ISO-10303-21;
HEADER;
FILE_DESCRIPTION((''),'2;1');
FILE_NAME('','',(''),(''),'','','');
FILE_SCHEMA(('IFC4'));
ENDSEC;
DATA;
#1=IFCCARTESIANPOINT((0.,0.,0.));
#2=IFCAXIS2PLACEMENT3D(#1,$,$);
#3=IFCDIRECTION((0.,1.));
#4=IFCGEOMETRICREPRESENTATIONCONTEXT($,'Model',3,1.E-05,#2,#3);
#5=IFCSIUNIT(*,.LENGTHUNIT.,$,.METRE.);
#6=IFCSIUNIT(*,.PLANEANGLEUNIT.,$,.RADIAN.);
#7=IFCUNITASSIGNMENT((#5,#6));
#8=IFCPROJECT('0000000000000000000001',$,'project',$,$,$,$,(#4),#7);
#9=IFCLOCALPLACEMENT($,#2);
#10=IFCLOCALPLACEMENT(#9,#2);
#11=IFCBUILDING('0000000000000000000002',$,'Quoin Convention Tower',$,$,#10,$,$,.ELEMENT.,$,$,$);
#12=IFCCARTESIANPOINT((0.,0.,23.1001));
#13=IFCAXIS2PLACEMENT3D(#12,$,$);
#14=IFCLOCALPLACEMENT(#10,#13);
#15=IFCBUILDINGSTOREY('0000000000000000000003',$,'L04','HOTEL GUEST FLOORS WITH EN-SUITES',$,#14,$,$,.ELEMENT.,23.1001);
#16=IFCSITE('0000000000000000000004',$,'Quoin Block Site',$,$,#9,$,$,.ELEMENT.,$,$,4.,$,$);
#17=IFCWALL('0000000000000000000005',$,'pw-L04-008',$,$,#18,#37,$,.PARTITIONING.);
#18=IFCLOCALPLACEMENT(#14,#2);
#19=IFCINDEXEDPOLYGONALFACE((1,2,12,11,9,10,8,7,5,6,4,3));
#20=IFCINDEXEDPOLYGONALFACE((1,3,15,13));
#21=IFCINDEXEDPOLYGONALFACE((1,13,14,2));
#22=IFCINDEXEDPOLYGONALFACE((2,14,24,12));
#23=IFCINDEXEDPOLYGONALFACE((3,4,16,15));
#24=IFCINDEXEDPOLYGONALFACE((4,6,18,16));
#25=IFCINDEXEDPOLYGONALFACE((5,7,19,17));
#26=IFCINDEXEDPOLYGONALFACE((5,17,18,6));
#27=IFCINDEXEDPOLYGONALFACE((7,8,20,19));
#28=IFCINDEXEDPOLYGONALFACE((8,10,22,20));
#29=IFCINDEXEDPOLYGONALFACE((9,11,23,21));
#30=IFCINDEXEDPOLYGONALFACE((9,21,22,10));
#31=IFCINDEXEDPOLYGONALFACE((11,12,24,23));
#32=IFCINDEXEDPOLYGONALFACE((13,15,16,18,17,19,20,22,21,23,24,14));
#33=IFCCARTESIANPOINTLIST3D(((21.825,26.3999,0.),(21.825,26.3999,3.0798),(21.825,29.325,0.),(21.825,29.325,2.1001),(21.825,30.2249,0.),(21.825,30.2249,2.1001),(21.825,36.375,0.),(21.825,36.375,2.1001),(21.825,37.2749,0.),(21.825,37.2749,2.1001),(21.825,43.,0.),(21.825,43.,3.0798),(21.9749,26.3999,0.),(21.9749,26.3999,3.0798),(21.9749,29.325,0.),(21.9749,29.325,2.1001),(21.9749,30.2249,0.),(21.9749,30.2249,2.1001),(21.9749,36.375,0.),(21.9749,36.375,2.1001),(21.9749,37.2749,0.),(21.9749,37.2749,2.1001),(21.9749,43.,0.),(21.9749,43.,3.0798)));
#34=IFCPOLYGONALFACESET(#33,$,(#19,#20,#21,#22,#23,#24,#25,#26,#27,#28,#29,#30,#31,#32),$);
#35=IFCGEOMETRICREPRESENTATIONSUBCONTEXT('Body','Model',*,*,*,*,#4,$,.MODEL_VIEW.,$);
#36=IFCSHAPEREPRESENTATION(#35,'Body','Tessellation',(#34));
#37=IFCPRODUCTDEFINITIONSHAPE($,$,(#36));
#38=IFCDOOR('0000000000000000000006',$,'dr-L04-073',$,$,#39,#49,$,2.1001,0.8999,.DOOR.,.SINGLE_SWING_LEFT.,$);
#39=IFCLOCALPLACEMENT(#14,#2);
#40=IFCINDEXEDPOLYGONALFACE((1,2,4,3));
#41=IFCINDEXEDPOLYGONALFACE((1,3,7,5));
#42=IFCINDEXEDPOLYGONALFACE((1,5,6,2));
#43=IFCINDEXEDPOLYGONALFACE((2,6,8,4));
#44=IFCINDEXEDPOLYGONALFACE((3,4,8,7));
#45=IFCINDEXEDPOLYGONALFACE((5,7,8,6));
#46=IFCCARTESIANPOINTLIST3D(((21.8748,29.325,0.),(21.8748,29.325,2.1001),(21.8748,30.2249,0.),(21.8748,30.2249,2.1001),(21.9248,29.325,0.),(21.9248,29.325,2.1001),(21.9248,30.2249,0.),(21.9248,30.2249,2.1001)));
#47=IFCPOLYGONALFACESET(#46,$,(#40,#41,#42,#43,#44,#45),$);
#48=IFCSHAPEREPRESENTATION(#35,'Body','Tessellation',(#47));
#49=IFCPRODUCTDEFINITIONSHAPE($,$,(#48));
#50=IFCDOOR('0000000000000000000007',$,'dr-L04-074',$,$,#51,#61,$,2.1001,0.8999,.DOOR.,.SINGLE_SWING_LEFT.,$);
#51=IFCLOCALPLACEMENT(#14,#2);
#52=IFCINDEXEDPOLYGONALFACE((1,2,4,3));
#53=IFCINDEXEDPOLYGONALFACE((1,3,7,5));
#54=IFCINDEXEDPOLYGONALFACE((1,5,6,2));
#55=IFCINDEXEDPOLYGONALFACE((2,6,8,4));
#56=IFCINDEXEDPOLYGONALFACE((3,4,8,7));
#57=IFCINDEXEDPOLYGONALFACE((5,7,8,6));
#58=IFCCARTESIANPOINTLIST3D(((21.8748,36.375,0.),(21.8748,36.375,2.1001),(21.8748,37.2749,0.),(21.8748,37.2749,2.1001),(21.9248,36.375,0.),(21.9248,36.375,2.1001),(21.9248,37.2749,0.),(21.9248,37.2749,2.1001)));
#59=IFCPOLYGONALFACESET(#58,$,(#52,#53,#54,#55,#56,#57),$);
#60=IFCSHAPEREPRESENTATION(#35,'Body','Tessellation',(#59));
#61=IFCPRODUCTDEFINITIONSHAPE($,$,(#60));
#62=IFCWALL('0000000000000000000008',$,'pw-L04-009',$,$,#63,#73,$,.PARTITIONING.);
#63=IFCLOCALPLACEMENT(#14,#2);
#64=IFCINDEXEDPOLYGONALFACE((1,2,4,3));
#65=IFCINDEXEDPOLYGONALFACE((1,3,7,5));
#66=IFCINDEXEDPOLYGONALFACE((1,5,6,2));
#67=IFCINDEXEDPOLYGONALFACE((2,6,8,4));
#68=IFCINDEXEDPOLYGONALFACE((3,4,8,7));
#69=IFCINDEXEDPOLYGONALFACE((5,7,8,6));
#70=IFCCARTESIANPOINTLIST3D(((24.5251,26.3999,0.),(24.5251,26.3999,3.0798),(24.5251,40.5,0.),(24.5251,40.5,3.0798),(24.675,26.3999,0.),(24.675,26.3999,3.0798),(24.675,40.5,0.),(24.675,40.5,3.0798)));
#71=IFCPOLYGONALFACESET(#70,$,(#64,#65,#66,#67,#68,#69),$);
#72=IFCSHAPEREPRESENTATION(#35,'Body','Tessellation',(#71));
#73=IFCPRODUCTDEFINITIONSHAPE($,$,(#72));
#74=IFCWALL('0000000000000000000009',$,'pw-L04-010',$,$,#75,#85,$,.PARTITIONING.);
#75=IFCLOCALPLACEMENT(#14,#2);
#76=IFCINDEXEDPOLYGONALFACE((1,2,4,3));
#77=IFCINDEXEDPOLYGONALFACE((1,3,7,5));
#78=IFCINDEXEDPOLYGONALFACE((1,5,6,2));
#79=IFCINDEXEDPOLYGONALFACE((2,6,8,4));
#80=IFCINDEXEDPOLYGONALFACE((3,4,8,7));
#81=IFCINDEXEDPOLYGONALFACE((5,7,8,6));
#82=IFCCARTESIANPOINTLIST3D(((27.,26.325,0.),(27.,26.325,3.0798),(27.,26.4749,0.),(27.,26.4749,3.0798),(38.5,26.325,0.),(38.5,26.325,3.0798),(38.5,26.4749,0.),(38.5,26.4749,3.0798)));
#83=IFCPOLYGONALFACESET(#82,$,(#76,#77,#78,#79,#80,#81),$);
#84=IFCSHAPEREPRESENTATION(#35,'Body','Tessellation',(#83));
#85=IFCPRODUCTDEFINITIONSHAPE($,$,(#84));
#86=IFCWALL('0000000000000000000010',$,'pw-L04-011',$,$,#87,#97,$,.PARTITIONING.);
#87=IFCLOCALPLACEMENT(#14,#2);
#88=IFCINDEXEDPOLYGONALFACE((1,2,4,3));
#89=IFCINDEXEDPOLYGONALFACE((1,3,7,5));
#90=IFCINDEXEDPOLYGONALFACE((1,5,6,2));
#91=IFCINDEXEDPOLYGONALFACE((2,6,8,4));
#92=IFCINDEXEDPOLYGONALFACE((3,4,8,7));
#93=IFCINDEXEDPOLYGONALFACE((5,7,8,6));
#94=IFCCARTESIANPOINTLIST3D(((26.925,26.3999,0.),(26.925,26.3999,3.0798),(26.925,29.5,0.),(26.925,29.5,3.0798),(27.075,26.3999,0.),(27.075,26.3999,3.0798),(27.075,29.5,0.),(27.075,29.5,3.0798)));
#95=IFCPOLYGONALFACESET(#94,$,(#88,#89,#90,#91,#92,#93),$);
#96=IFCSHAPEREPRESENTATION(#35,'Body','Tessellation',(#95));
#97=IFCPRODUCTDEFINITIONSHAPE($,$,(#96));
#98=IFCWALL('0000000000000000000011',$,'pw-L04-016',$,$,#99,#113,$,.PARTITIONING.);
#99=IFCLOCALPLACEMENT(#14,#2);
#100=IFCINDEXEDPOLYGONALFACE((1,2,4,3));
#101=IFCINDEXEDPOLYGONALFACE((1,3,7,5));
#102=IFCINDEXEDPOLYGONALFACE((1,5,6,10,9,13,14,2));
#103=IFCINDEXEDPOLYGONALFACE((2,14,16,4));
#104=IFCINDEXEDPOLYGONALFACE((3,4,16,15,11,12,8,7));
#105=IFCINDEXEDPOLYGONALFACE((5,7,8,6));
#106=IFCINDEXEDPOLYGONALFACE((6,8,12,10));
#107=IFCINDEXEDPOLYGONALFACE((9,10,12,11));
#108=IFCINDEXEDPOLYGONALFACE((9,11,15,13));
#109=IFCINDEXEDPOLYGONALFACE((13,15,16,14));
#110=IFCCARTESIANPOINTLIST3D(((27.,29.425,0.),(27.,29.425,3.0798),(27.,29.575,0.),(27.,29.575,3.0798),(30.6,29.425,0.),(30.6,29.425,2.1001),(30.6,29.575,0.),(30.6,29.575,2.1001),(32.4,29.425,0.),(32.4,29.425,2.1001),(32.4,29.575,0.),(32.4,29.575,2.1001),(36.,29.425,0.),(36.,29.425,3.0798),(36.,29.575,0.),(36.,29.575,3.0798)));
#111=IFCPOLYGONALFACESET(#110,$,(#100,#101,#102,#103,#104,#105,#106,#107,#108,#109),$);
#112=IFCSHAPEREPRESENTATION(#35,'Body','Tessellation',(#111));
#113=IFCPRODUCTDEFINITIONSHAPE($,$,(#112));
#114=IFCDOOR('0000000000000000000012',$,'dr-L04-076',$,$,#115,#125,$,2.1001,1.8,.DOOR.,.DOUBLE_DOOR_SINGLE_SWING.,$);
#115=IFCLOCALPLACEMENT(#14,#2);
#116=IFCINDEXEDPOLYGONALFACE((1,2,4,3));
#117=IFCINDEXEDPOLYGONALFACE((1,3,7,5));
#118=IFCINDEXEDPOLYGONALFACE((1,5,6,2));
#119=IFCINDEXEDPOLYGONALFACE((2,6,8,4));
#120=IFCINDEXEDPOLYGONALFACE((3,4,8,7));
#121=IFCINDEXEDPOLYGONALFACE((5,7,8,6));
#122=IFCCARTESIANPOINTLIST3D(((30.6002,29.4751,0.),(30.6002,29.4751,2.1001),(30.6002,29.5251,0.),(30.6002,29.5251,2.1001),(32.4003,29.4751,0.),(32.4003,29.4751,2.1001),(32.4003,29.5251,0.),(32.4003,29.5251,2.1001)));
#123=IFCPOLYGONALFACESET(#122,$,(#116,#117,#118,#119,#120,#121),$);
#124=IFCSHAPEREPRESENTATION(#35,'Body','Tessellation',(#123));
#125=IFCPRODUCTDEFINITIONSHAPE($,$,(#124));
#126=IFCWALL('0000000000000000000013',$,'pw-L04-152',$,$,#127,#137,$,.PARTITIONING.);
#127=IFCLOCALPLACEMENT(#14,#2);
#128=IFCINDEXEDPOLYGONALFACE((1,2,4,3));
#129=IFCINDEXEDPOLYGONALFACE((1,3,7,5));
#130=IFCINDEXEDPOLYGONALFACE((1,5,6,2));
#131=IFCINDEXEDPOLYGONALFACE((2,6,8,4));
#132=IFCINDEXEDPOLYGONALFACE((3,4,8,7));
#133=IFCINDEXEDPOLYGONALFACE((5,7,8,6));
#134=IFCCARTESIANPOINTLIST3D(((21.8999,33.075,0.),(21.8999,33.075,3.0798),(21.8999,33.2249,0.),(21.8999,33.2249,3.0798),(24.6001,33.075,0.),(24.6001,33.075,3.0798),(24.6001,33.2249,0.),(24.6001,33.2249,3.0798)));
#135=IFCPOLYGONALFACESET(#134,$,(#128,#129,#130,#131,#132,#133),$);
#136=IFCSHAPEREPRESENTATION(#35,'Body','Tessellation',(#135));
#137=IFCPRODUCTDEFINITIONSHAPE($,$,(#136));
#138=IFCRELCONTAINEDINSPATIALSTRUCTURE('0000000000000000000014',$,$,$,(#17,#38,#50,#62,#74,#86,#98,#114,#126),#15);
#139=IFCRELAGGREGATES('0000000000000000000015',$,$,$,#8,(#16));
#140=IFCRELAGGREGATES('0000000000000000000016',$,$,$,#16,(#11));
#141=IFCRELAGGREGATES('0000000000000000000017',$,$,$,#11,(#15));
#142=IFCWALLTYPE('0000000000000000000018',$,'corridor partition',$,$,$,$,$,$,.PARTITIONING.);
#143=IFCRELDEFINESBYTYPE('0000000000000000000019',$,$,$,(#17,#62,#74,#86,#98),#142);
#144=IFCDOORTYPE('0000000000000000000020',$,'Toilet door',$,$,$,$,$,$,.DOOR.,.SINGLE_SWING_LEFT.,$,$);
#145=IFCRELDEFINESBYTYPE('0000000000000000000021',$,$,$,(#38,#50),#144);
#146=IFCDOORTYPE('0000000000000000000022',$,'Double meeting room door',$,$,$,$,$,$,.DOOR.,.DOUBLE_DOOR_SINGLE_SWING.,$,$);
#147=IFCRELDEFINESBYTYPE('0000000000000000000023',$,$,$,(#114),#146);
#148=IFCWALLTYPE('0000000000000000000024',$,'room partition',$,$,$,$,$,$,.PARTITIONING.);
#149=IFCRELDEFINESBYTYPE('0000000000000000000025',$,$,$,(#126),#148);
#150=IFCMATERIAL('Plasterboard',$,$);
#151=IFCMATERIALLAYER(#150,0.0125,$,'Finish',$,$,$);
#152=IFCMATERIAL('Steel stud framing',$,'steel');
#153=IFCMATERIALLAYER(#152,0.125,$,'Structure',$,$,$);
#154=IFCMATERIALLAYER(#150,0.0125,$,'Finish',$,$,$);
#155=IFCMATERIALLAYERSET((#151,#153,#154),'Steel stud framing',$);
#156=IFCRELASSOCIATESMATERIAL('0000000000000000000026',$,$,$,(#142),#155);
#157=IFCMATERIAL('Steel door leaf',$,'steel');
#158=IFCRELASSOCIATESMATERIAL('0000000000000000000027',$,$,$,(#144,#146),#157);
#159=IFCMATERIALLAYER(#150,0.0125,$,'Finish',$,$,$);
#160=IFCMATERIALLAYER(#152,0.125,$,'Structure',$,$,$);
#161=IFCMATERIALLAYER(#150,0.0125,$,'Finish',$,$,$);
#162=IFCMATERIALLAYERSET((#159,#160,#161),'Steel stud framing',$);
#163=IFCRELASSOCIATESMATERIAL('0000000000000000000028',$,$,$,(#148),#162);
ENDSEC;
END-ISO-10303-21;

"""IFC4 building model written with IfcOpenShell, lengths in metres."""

from ifc_helpers import new_model, si_unit, direction, frame, frame_2d, origin, place, context, subcontext, project, spatial, rectangle, extrude, material, layer, layer_set, type_object, element, fill, save


model = new_model("IFC4")

# Units and contexts
model_context = context("Model", 3, precision=1e-05, world=origin(), true_north=direction((0.0, 1.0)))
body_context = subcontext(model_context, "Body", "Model", "MODEL_VIEW")
ifc_project = project(units=[si_unit("LENGTHUNIT", "METRE"), si_unit("PLANEANGLEUNIT", "RADIAN")], contexts=[model_context])

# Site, building, storey
site_placement = place(None, origin())
site = spatial("IfcSite", under=ifc_project, at=site_placement, Name="Quoin Block Site", CompositionType="ELEMENT", RefElevation=4.0)
building_placement = place(site_placement, origin())
building = spatial("IfcBuilding", under=site, at=building_placement, Name="Quoin Convention Tower", CompositionType="ELEMENT")
storey_placement = place(building_placement, frame((0.0, 0.0, 23.1001)))
storey = spatial("IfcBuildingStorey", under=building, at=storey_placement, Name="L04", Description="HOTEL GUEST FLOORS WITH EN-SUITES", CompositionType="ELEMENT", Elevation=23.1001)

# Shared definitions
ifc_material_1 = material(Name="Steel door leaf", Category="steel")

# Shared definitions
ifc_material_2 = material(Name="Plasterboard")
ifc_layer_1 = layer(ifc_material_2, 0.0125, Name="Finish")
ifc_material_3 = material(Name="Steel stud framing", Category="steel")
ifc_layer_2 = layer(ifc_material_3, 0.125, Name="Structure")
ifc_layer_3 = layer(ifc_material_2, 0.0125, Name="Finish")
ifc_layer_set_1 = layer_set([ifc_layer_1, ifc_layer_2, ifc_layer_3], Name="Steel stud framing")
wall_type_1 = type_object("IfcWallType", Name="corridor partition", PredefinedType="PARTITIONING", material=ifc_layer_set_1)

# Wall, openings, doors
wall_1_placement = place(storey_placement, frame((21.8999, 26.3999, 0.0), z_axis=(0.0, 0.0, 1.0), x_axis=(0.0, 1.0, 0.0)))
wall_1 = element("IfcWall", 1, at=wall_1_placement, inside=storey, type_object=wall_type_1, Name="pw-L04-008", PredefinedType="PARTITIONING", context=body_context, shape_type="SweptSolid", body=[
    extrude(rectangle(XDim=16.6001, YDim=0.1499, at=frame_2d((8.3, 0.0))), origin(), (0.0, 0.0, 1.0), 3.0798),
])
opening_1_placement = place(wall_1_placement, frame((2.925, 0.0, 0.0)))
opening_1 = element("IfcOpeningElement", 2, at=opening_1_placement, cuts=wall_1, PredefinedType="OPENING", context=body_context, shape_type="SweptSolid", body=[
    extrude(rectangle(XDim=0.8999, YDim=2.1001, at=frame_2d((0.45, 1.05))), frame((0.0, 0.085, 0.0), z_axis=(0.0, -1.0, 0.0), x_axis=(1.0, 0.0, 0.0)), (0.0, 0.0, 1.0), 0.1699),
])
opening_2_placement = place(wall_1_placement, frame((9.9751, 0.0, 0.0)))
opening_2 = element("IfcOpeningElement", 3, at=opening_2_placement, cuts=wall_1, PredefinedType="OPENING", context=body_context, shape_type="SweptSolid", body=[
    extrude(rectangle(XDim=0.8999, YDim=2.1001, at=frame_2d((0.45, 1.05))), frame((0.0, 0.085, 0.0), z_axis=(0.0, -1.0, 0.0), x_axis=(1.0, 0.0, 0.0)), (0.0, 0.0, 1.0), 0.1699),
])
door_type_1 = type_object("IfcDoorType", Name="Toilet door", OperationType="SINGLE_SWING_LEFT", PredefinedType="DOOR", material=ifc_material_1)
door_1_placement = place(opening_1_placement, frame((0.8999, 0.0, 0.0), z_axis=(0.0, 0.0, 1.0), x_axis=(-1.0, 0.0, 0.0)))
door_1 = element("IfcDoor", 4, at=door_1_placement, inside=storey, type_object=door_type_1, Name="dr-L04-073", OperationType="SINGLE_SWING_LEFT", OverallHeight=2.1001, OverallWidth=0.8999, PredefinedType="DOOR", context=body_context, shape_type="SweptSolid", body=[
    extrude(rectangle(XDim=0.8999, YDim=2.1001, at=frame_2d((0.45, 1.05))), frame((0.0, 0.0249, 0.0), z_axis=(0.0, -1.0, 0.0), x_axis=(1.0, 0.0, 0.0)), (0.0, 0.0, 1.0), 0.05),
])
fill(opening_1, door_1)
door_2_placement = place(opening_2_placement, frame((0.8999, 0.0, 0.0), z_axis=(0.0, 0.0, 1.0), x_axis=(-1.0, 0.0, 0.0)))
door_2 = element("IfcDoor", 5, at=door_2_placement, inside=storey, type_object=door_type_1, Name="dr-L04-074", OperationType="SINGLE_SWING_LEFT", OverallHeight=2.1001, OverallWidth=0.8999, PredefinedType="DOOR", context=body_context, shape_type="SweptSolid", body=[
    extrude(rectangle(XDim=0.8999, YDim=2.1001, at=frame_2d((0.45, 1.05))), frame((0.0, 0.0249, 0.0), z_axis=(0.0, -1.0, 0.0), x_axis=(1.0, 0.0, 0.0)), (0.0, 0.0, 1.0), 0.05),
])
fill(opening_2, door_2)

# Walls
wall_2_placement = place(storey_placement, frame((24.6001, 26.3999, 0.0), z_axis=(0.0, 0.0, 1.0), x_axis=(0.0, 1.0, 0.0)))
element("IfcWall", 6, at=wall_2_placement, inside=storey, type_object=wall_type_1, Name="pw-L04-009", PredefinedType="PARTITIONING", context=body_context, shape_type="SweptSolid", body=[
    extrude(rectangle(XDim=14.1001, YDim=0.1499, at=frame_2d((7.05, 0.0))), origin(), (0.0, 0.0, 1.0), 3.0798),
])
wall_3_placement = place(storey_placement, frame((27.0, 26.3999, 0.0), z_axis=(0.0, 0.0, 1.0), x_axis=(1.0, 0.0, 0.0)))
element("IfcWall", 7, at=wall_3_placement, inside=storey, type_object=wall_type_1, Name="pw-L04-010", PredefinedType="PARTITIONING", context=body_context, shape_type="SweptSolid", body=[
    extrude(rectangle(XDim=11.5, YDim=0.1499, at=frame_2d((5.75, 0.0))), origin(), (0.0, 0.0, 1.0), 3.0798),
])
wall_4_placement = place(storey_placement, frame((27.0, 26.3999, 0.0), z_axis=(0.0, 0.0, 1.0), x_axis=(0.0, 1.0, 0.0)))
element("IfcWall", 8, at=wall_4_placement, inside=storey, type_object=wall_type_1, Name="pw-L04-011", PredefinedType="PARTITIONING", context=body_context, shape_type="SweptSolid", body=[
    extrude(rectangle(XDim=3.1001, YDim=0.1499, at=frame_2d((1.55, 0.0))), origin(), (0.0, 0.0, 1.0), 3.0798),
])

# Wall, opening, door
wall_5_placement = place(storey_placement, frame((27.0, 29.5, 0.0), z_axis=(0.0, 0.0, 1.0), x_axis=(1.0, 0.0, 0.0)))
wall_5 = element("IfcWall", 9, at=wall_5_placement, inside=storey, type_object=wall_type_1, Name="pw-L04-016", PredefinedType="PARTITIONING", context=body_context, shape_type="SweptSolid", body=[
    extrude(rectangle(XDim=9.0, YDim=0.1499, at=frame_2d((4.5, 0.0))), origin(), (0.0, 0.0, 1.0), 3.0798),
])
opening_3_placement = place(wall_5_placement, frame((3.6001, 0.0, 0.0)))
opening_3 = element("IfcOpeningElement", 10, at=opening_3_placement, cuts=wall_5, PredefinedType="OPENING", context=body_context, shape_type="SweptSolid", body=[
    extrude(rectangle(XDim=1.8, YDim=2.1001, at=frame_2d((0.8999, 1.05))), frame((0.0, 0.085, 0.0), z_axis=(0.0, -1.0, 0.0), x_axis=(1.0, 0.0, 0.0)), (0.0, 0.0, 1.0), 0.1699),
])
door_type_2 = type_object("IfcDoorType", Name="Double meeting room door", OperationType="DOUBLE_DOOR_SINGLE_SWING", PredefinedType="DOOR", material=ifc_material_1)
door_3_placement = place(opening_3_placement, frame((1.8, 0.0, 0.0), z_axis=(0.0, 0.0, 1.0), x_axis=(-1.0, 0.0, 0.0)))
door_3 = element("IfcDoor", 11, at=door_3_placement, inside=storey, type_object=door_type_2, Name="dr-L04-076", OperationType="DOUBLE_DOOR_SINGLE_SWING", OverallHeight=2.1001, OverallWidth=1.8, PredefinedType="DOOR", context=body_context, shape_type="SweptSolid", body=[
    extrude(rectangle(XDim=1.8, YDim=2.1001, at=frame_2d((0.8999, 1.05))), frame((0.0, 0.0249, 0.0), z_axis=(0.0, -1.0, 0.0), x_axis=(1.0, 0.0, 0.0)), (0.0, 0.0, 1.0), 0.05),
])
fill(opening_3, door_3)

# Wall
ifc_layer_4 = layer(ifc_material_2, 0.0125, Name="Finish")
ifc_layer_5 = layer(ifc_material_3, 0.125, Name="Structure")
ifc_layer_6 = layer(ifc_material_2, 0.0125, Name="Finish")
ifc_layer_set_2 = layer_set([ifc_layer_4, ifc_layer_5, ifc_layer_6], Name="Steel stud framing")
wall_type_2 = type_object("IfcWallType", Name="room partition", PredefinedType="PARTITIONING", material=ifc_layer_set_2)
wall_6_placement = place(storey_placement, frame((21.8999, 33.1499, 0.0), z_axis=(0.0, 0.0, 1.0), x_axis=(1.0, 0.0, 0.0)))
element("IfcWall", 12, at=wall_6_placement, inside=storey, type_object=wall_type_2, Name="pw-L04-152", PredefinedType="PARTITIONING", context=body_context, shape_type="SweptSolid", body=[
    extrude(rectangle(XDim=2.7002, YDim=0.1499, at=frame_2d((1.3501, 0.0))), origin(), (0.0, 0.0, 1.0), 3.0798),
])

save(model, "model.ifc")
